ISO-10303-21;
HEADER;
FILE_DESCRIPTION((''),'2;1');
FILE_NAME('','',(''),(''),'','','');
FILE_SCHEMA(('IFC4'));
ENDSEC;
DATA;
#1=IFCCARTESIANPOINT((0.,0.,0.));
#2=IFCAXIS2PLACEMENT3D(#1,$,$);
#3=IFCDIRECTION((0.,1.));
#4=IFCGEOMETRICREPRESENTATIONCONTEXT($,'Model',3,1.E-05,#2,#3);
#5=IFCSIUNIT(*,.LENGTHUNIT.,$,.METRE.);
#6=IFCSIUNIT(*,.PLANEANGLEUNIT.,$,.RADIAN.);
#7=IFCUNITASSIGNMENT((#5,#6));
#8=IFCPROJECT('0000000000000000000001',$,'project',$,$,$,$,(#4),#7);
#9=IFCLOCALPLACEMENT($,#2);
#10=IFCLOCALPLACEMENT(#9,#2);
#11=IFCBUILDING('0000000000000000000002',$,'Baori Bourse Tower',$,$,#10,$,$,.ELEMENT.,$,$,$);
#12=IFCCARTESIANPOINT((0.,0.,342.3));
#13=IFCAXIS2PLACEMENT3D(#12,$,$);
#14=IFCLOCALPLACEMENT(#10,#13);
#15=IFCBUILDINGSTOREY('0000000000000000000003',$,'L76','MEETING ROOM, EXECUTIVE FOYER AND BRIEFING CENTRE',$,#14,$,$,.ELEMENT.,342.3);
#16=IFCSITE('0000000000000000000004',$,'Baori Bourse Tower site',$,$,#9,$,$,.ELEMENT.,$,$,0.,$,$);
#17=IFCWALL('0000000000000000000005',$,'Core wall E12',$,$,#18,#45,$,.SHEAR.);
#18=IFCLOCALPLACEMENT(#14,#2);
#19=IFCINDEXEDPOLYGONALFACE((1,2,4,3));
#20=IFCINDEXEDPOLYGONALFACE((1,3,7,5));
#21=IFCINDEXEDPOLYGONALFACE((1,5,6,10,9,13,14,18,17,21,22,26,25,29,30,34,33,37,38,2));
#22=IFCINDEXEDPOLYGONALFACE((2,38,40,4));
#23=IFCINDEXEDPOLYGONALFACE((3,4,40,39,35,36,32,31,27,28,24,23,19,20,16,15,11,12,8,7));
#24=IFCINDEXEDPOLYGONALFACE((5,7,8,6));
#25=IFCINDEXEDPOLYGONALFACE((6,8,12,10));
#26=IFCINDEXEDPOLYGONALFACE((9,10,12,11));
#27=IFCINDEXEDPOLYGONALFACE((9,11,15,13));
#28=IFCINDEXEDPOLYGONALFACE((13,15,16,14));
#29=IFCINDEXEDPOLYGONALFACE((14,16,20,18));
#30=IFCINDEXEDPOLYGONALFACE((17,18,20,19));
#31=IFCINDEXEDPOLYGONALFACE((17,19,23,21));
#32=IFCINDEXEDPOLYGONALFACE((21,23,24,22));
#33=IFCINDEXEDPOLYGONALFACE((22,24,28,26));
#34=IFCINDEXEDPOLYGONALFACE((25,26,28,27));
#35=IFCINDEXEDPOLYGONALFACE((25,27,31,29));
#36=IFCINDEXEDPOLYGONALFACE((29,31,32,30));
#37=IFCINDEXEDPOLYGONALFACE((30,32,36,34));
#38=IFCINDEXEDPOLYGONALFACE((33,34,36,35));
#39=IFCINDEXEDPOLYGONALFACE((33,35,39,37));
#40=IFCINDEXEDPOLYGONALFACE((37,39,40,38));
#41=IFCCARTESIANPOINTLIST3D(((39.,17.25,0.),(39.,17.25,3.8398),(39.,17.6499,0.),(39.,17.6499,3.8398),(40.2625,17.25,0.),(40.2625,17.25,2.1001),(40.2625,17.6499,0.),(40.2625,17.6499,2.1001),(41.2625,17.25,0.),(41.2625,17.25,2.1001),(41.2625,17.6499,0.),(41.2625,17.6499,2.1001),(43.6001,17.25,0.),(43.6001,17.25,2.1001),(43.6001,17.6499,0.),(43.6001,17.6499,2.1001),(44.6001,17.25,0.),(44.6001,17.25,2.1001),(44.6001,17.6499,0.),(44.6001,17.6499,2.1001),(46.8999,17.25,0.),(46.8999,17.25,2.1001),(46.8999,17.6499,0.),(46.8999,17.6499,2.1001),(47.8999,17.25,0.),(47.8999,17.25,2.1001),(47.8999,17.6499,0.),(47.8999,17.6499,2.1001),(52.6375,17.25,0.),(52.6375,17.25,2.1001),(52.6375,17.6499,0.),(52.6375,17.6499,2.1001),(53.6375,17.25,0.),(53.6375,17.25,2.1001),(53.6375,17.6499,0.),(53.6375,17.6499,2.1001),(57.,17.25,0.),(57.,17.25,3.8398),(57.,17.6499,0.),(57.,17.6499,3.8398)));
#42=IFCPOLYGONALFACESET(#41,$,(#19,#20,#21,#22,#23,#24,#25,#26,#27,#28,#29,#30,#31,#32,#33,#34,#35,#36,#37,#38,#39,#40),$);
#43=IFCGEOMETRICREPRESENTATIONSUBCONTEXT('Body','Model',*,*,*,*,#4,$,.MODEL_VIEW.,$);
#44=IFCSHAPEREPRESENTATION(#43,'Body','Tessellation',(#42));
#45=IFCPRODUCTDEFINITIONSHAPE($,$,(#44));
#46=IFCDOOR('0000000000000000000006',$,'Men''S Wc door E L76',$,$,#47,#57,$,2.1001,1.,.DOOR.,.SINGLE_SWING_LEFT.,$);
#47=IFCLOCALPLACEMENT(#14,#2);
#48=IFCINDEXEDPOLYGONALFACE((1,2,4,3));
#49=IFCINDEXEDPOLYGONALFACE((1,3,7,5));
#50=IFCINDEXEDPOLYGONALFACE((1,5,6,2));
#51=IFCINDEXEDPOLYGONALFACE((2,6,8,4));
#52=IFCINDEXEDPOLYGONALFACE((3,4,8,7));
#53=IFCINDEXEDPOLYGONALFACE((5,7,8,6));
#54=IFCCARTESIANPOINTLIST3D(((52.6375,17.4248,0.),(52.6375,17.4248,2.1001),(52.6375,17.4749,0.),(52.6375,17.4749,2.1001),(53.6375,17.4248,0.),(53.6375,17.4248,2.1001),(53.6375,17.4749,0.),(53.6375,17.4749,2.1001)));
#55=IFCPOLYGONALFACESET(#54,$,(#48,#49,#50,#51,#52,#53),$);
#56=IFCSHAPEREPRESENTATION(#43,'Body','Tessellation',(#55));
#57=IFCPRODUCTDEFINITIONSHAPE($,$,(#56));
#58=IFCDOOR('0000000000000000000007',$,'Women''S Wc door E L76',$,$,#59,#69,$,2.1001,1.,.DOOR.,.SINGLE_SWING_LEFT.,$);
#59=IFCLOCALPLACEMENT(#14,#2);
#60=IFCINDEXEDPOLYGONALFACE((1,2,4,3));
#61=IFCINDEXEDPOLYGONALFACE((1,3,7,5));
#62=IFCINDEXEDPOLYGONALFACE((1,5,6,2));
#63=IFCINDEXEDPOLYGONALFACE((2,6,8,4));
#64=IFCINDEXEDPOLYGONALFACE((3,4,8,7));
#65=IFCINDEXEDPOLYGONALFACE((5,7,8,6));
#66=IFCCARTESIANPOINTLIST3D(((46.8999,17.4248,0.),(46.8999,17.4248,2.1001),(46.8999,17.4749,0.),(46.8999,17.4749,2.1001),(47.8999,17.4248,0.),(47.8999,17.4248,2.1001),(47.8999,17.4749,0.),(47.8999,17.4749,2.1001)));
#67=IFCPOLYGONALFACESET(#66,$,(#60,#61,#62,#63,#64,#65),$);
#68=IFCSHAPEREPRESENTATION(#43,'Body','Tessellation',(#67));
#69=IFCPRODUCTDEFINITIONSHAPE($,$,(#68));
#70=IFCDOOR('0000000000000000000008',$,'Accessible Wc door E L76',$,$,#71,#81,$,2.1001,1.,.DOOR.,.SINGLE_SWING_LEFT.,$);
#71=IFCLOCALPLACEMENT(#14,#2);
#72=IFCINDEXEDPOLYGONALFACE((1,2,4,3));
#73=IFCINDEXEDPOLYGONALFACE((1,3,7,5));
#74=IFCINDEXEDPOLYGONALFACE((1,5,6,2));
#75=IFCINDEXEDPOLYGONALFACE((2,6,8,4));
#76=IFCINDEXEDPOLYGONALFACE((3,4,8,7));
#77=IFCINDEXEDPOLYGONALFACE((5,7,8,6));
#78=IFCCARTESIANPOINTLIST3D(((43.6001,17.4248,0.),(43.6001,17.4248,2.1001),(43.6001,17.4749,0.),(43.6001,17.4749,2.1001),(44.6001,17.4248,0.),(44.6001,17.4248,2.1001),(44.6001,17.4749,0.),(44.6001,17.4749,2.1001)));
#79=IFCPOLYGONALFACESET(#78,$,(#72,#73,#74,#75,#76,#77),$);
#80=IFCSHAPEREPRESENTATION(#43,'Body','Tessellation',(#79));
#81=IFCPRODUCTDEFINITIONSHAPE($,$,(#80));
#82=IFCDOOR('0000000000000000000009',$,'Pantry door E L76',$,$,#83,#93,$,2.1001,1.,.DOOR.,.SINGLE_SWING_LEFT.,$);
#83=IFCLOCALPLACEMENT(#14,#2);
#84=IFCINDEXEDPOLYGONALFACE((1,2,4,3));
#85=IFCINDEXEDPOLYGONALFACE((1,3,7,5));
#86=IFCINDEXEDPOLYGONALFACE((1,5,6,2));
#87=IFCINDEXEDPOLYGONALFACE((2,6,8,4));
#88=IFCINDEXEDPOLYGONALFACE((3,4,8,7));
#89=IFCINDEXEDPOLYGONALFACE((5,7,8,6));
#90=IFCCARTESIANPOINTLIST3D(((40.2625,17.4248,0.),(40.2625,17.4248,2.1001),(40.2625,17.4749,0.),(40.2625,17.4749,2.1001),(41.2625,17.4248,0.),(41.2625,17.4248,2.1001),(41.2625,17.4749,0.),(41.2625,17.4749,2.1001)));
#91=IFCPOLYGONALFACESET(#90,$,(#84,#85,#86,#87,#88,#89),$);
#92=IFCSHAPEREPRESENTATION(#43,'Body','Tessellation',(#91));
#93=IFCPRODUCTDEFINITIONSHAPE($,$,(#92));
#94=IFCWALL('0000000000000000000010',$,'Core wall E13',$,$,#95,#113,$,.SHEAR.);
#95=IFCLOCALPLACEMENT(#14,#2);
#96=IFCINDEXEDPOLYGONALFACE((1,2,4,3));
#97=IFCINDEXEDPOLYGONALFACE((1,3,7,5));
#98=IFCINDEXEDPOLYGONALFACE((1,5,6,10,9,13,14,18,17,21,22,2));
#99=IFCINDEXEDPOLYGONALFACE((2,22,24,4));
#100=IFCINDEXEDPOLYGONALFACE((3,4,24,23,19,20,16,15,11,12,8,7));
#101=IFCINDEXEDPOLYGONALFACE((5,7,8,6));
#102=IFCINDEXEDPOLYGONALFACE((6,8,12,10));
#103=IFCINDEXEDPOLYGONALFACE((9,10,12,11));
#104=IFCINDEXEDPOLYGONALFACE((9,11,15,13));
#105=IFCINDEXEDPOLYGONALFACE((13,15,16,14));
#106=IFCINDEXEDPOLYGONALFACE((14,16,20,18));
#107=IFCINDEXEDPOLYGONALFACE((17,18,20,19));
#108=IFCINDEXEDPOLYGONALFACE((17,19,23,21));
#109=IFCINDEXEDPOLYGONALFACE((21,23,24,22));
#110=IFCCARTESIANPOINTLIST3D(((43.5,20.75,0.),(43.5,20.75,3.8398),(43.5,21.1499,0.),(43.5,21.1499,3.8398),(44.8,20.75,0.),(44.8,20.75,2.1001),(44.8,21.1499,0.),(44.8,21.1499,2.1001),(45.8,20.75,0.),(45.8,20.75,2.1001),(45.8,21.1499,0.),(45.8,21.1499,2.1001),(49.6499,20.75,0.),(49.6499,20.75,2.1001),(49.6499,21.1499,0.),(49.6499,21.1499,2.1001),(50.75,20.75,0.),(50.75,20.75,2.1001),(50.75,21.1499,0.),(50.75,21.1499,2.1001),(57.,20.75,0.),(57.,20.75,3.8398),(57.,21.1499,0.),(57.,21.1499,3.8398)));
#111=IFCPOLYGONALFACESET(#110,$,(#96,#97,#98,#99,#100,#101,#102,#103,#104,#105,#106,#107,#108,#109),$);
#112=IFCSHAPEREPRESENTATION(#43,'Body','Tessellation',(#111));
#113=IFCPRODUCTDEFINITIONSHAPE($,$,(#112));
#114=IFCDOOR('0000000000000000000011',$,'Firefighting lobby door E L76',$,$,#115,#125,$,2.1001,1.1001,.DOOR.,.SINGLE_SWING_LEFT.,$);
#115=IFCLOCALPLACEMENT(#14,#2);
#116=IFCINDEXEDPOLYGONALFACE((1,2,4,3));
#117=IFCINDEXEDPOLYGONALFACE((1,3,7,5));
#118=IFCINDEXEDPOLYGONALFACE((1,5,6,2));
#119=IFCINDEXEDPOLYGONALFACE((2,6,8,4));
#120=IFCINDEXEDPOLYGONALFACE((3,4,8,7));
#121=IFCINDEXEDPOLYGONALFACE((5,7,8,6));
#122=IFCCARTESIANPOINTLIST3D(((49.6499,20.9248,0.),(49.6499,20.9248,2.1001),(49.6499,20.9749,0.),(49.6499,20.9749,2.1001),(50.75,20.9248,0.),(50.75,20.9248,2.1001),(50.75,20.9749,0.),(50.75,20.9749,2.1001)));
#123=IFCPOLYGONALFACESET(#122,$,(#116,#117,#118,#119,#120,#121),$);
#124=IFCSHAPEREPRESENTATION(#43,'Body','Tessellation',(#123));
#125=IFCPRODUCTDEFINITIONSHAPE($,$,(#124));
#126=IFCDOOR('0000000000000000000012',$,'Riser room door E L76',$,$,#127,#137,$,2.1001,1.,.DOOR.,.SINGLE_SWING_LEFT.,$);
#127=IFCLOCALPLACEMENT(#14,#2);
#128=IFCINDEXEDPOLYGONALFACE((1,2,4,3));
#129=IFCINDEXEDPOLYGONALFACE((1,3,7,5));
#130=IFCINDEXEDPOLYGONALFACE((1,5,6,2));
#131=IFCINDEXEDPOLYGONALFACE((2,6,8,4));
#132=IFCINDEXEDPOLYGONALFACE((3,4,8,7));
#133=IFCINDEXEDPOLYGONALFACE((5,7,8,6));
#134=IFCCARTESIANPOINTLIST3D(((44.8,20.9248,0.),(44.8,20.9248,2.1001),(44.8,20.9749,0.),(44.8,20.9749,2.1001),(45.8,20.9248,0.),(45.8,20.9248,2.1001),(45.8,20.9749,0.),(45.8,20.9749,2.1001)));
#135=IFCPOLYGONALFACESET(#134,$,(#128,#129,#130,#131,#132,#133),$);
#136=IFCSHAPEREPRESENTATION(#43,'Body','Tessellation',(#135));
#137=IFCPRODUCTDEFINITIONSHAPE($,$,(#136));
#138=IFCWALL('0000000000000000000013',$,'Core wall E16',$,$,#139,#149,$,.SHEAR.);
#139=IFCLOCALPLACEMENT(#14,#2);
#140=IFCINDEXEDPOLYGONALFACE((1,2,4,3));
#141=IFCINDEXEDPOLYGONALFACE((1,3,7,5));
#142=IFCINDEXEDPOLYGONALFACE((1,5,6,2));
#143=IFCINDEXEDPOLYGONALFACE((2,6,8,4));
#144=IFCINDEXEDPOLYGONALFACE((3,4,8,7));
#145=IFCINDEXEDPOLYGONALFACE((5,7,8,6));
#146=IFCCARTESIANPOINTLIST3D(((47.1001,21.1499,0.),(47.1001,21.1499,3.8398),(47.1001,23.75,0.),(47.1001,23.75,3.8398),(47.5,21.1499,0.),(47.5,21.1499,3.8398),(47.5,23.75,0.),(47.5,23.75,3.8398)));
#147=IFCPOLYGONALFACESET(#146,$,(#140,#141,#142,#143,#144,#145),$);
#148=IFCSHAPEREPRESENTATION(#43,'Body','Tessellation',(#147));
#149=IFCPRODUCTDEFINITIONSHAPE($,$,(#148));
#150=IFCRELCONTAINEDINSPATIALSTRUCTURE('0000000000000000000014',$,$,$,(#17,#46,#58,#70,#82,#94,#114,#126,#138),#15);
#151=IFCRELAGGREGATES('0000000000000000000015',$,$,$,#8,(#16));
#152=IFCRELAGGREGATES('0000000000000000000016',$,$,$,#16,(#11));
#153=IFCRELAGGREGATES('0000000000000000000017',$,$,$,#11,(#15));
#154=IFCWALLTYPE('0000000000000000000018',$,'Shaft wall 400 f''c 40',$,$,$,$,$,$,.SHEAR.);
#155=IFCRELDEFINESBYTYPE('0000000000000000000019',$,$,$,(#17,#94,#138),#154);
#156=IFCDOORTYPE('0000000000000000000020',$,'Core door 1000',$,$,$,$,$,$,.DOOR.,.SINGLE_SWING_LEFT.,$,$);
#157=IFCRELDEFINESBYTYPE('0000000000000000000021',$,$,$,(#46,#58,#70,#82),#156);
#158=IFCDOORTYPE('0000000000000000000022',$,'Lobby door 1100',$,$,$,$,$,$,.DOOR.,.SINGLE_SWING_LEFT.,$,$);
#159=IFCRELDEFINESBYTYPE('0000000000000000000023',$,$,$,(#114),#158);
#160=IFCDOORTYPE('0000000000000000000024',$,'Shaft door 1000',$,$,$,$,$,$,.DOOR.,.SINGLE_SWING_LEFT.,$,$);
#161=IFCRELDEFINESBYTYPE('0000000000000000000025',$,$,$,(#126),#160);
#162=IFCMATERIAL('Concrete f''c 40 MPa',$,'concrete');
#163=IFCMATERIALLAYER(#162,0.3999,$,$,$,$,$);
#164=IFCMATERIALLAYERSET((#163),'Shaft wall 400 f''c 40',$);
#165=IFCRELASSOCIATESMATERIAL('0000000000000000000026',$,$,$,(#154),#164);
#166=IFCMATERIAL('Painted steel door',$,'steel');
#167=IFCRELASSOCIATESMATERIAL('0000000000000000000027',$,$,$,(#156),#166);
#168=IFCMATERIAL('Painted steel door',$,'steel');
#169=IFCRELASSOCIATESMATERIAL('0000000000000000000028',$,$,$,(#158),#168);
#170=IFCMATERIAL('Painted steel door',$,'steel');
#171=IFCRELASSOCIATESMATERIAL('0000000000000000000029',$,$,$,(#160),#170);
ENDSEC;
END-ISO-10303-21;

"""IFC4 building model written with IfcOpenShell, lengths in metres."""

from ifc_helpers import new_model, si_unit, direction, frame, frame_2d, origin, place, context, subcontext, project, spatial, rectangle, extrude, material, layer, layer_set, type_object, element, fill, save


model = new_model("IFC4")

# Units and contexts
model_context = context("Model", 3, precision=1e-05, world=origin(), true_north=direction((0.0, 1.0)))
body_context = subcontext(model_context, "Body", "Model", "MODEL_VIEW")
ifc_project = project(units=[si_unit("LENGTHUNIT", "METRE"), si_unit("PLANEANGLEUNIT", "RADIAN")], contexts=[model_context])

# Site, building, storey
site_placement = place(None, origin())
site = spatial("IfcSite", under=ifc_project, at=site_placement, Name="Baori Bourse Tower site", CompositionType="ELEMENT", RefElevation=0.0)
building_placement = place(site_placement, origin())
building = spatial("IfcBuilding", under=site, at=building_placement, Name="Baori Bourse Tower", CompositionType="ELEMENT")
storey_placement = place(building_placement, frame((0.0, 0.0, 342.3)))
storey = spatial("IfcBuildingStorey", under=building, at=storey_placement, Name="L76", Description="MEETING ROOM, EXECUTIVE FOYER AND BRIEFING CENTRE", CompositionType="ELEMENT", Elevation=342.3)

# Shared definitions
ifc_material_1 = material(Name="Concrete f'c 40 MPa", Category="concrete")
ifc_layer_1 = layer(ifc_material_1, 0.3999)
ifc_layer_set_1 = layer_set([ifc_layer_1], Name="Shaft wall 400 f'c 40")
wall_type_1 = type_object("IfcWallType", Name="Shaft wall 400 f'c 40", PredefinedType="SHEAR", material=ifc_layer_set_1)

# Walls, openings, doors
wall_1_placement = place(storey_placement, frame((39.0, 17.45, 0.0), z_axis=(0.0, 0.0, 1.0), x_axis=(1.0, 0.0, 0.0)))
wall_1 = element("IfcWall", 1, at=wall_1_placement, inside=storey, type_object=wall_type_1, Name="Core wall E12", PredefinedType="SHEAR", context=body_context, shape_type="SweptSolid", body=[
    extrude(rectangle(XDim=18.0, YDim=0.3999, at=frame_2d((9.0, 0.0))), origin(), (0.0, 0.0, 1.0), 3.8398),
])
opening_1_placement = place(wall_1_placement, frame((13.6375, 0.0, 0.0)))
opening_1 = element("IfcOpeningElement", 2, at=opening_1_placement, cuts=wall_1, PredefinedType="OPENING", context=body_context, shape_type="SweptSolid", body=[
    extrude(rectangle(XDim=1.0, YDim=2.1001, at=frame_2d((0.5, 1.05))), frame((0.0, 0.21, 0.0), z_axis=(0.0, -1.0, 0.0), x_axis=(1.0, 0.0, 0.0)), (0.0, 0.0, 1.0), 0.4199),
])
opening_2_placement = place(wall_1_placement, frame((7.8999, 0.0, 0.0)))
opening_2 = element("IfcOpeningElement", 3, at=opening_2_placement, cuts=wall_1, PredefinedType="OPENING", context=body_context, shape_type="SweptSolid", body=[
    extrude(rectangle(XDim=1.0, YDim=2.1001, at=frame_2d((0.5, 1.05))), frame((0.0, 0.21, 0.0), z_axis=(0.0, -1.0, 0.0), x_axis=(1.0, 0.0, 0.0)), (0.0, 0.0, 1.0), 0.4199),
])
opening_3_placement = place(wall_1_placement, frame((4.6001, 0.0, 0.0)))
opening_3 = element("IfcOpeningElement", 4, at=opening_3_placement, cuts=wall_1, PredefinedType="OPENING", context=body_context, shape_type="SweptSolid", body=[
    extrude(rectangle(XDim=1.0, YDim=2.1001, at=frame_2d((0.5, 1.05))), frame((0.0, 0.21, 0.0), z_axis=(0.0, -1.0, 0.0), x_axis=(1.0, 0.0, 0.0)), (0.0, 0.0, 1.0), 0.4199),
])
opening_4_placement = place(wall_1_placement, frame((1.2625, 0.0, 0.0)))
opening_4 = element("IfcOpeningElement", 5, at=opening_4_placement, cuts=wall_1, PredefinedType="OPENING", context=body_context, shape_type="SweptSolid", body=[
    extrude(rectangle(XDim=1.0, YDim=2.1001, at=frame_2d((0.5, 1.05))), frame((0.0, 0.21, 0.0), z_axis=(0.0, -1.0, 0.0), x_axis=(1.0, 0.0, 0.0)), (0.0, 0.0, 1.0), 0.4199),
])
ifc_material_2 = material(Name="Painted steel door", Category="steel")
door_type_1 = type_object("IfcDoorType", Name="Core door 1000", OperationType="SINGLE_SWING_LEFT", PredefinedType="DOOR", material=ifc_material_2)
door_1_placement = place(opening_1_placement, origin())
door_1 = element("IfcDoor", 6, at=door_1_placement, inside=storey, type_object=door_type_1, Name="Men'S Wc door E L76", OperationType="SINGLE_SWING_LEFT", OverallHeight=2.1001, OverallWidth=1.0, PredefinedType="DOOR", context=body_context, shape_type="SweptSolid", body=[
    extrude(rectangle(XDim=1.0, YDim=2.1001, at=frame_2d((0.5, 1.05))), frame((0.0, 0.0249, 0.0), z_axis=(0.0, -1.0, 0.0), x_axis=(1.0, 0.0, 0.0)), (0.0, 0.0, 1.0), 0.05),
])
fill(opening_1, door_1)
door_2_placement = place(opening_2_placement, origin())
door_2 = element("IfcDoor", 7, at=door_2_placement, inside=storey, type_object=door_type_1, Name="Women'S Wc door E L76", OperationType="SINGLE_SWING_LEFT", OverallHeight=2.1001, OverallWidth=1.0, PredefinedType="DOOR", context=body_context, shape_type="SweptSolid", body=[
    extrude(rectangle(XDim=1.0, YDim=2.1001, at=frame_2d((0.5, 1.05))), frame((0.0, 0.0249, 0.0), z_axis=(0.0, -1.0, 0.0), x_axis=(1.0, 0.0, 0.0)), (0.0, 0.0, 1.0), 0.05),
])
fill(opening_2, door_2)
door_3_placement = place(opening_3_placement, origin())
door_3 = element("IfcDoor", 8, at=door_3_placement, inside=storey, type_object=door_type_1, Name="Accessible Wc door E L76", OperationType="SINGLE_SWING_LEFT", OverallHeight=2.1001, OverallWidth=1.0, PredefinedType="DOOR", context=body_context, shape_type="SweptSolid", body=[
    extrude(rectangle(XDim=1.0, YDim=2.1001, at=frame_2d((0.5, 1.05))), frame((0.0, 0.0249, 0.0), z_axis=(0.0, -1.0, 0.0), x_axis=(1.0, 0.0, 0.0)), (0.0, 0.0, 1.0), 0.05),
])
fill(opening_3, door_3)
door_4_placement = place(opening_4_placement, origin())
door_4 = element("IfcDoor", 9, at=door_4_placement, inside=storey, type_object=door_type_1, Name="Pantry door E L76", OperationType="SINGLE_SWING_LEFT", OverallHeight=2.1001, OverallWidth=1.0, PredefinedType="DOOR", context=body_context, shape_type="SweptSolid", body=[
    extrude(rectangle(XDim=1.0, YDim=2.1001, at=frame_2d((0.5, 1.05))), frame((0.0, 0.0249, 0.0), z_axis=(0.0, -1.0, 0.0), x_axis=(1.0, 0.0, 0.0)), (0.0, 0.0, 1.0), 0.05),
])
fill(opening_4, door_4)
wall_2_placement = place(storey_placement, frame((43.5, 20.95, 0.0), z_axis=(0.0, 0.0, 1.0), x_axis=(1.0, 0.0, 0.0)))
wall_2 = element("IfcWall", 10, at=wall_2_placement, inside=storey, type_object=wall_type_1, Name="Core wall E13", PredefinedType="SHEAR", context=body_context, shape_type="SweptSolid", body=[
    extrude(rectangle(XDim=13.5, YDim=0.3999, at=frame_2d((6.75, 0.0))), origin(), (0.0, 0.0, 1.0), 3.8398),
])
opening_5_placement = place(wall_2_placement, frame((6.1499, 0.0, 0.0)))
opening_5 = element("IfcOpeningElement", 11, at=opening_5_placement, cuts=wall_2, PredefinedType="OPENING", context=body_context, shape_type="SweptSolid", body=[
    extrude(rectangle(XDim=1.1001, YDim=2.1001, at=frame_2d((0.55, 1.05))), frame((0.0, 0.21, 0.0), z_axis=(0.0, -1.0, 0.0), x_axis=(1.0, 0.0, 0.0)), (0.0, 0.0, 1.0), 0.4199),
])
opening_6_placement = place(wall_2_placement, frame((1.3, 0.0, 0.0)))
opening_6 = element("IfcOpeningElement", 12, at=opening_6_placement, cuts=wall_2, PredefinedType="OPENING", context=body_context, shape_type="SweptSolid", body=[
    extrude(rectangle(XDim=1.0, YDim=2.1001, at=frame_2d((0.5, 1.05))), frame((0.0, 0.21, 0.0), z_axis=(0.0, -1.0, 0.0), x_axis=(1.0, 0.0, 0.0)), (0.0, 0.0, 1.0), 0.4199),
])
ifc_material_3 = material(Name="Painted steel door", Category="steel")
door_type_2 = type_object("IfcDoorType", Name="Lobby door 1100", OperationType="SINGLE_SWING_LEFT", PredefinedType="DOOR", material=ifc_material_3)
door_5_placement = place(opening_5_placement, origin())
door_5 = element("IfcDoor", 13, at=door_5_placement, inside=storey, type_object=door_type_2, Name="Firefighting lobby door E L76", OperationType="SINGLE_SWING_LEFT", OverallHeight=2.1001, OverallWidth=1.1001, PredefinedType="DOOR", context=body_context, shape_type="SweptSolid", body=[
    extrude(rectangle(XDim=1.1001, YDim=2.1001, at=frame_2d((0.55, 1.05))), frame((0.0, 0.0249, 0.0), z_axis=(0.0, -1.0, 0.0), x_axis=(1.0, 0.0, 0.0)), (0.0, 0.0, 1.0), 0.05),
])
fill(opening_5, door_5)
ifc_material_4 = material(Name="Painted steel door", Category="steel")
door_type_3 = type_object("IfcDoorType", Name="Shaft door 1000", OperationType="SINGLE_SWING_LEFT", PredefinedType="DOOR", material=ifc_material_4)
door_6_placement = place(opening_6_placement, origin())
door_6 = element("IfcDoor", 14, at=door_6_placement, inside=storey, type_object=door_type_3, Name="Riser room door E L76", OperationType="SINGLE_SWING_LEFT", OverallHeight=2.1001, OverallWidth=1.0, PredefinedType="DOOR", context=body_context, shape_type="SweptSolid", body=[
    extrude(rectangle(XDim=1.0, YDim=2.1001, at=frame_2d((0.5, 1.05))), frame((0.0, 0.0249, 0.0), z_axis=(0.0, -1.0, 0.0), x_axis=(1.0, 0.0, 0.0)), (0.0, 0.0, 1.0), 0.05),
])
fill(opening_6, door_6)

# Wall
wall_3_placement = place(storey_placement, frame((47.3, 21.1499, 0.0), z_axis=(0.0, 0.0, 1.0), x_axis=(0.0, 1.0, 0.0)))
element("IfcWall", 15, at=wall_3_placement, inside=storey, type_object=wall_type_1, Name="Core wall E16", PredefinedType="SHEAR", context=body_context, shape_type="SweptSolid", body=[
    extrude(rectangle(XDim=2.6001, YDim=0.3999, at=frame_2d((1.3, 0.0))), origin(), (0.0, 0.0, 1.0), 3.8398),
])

save(model, "model.ifc")
